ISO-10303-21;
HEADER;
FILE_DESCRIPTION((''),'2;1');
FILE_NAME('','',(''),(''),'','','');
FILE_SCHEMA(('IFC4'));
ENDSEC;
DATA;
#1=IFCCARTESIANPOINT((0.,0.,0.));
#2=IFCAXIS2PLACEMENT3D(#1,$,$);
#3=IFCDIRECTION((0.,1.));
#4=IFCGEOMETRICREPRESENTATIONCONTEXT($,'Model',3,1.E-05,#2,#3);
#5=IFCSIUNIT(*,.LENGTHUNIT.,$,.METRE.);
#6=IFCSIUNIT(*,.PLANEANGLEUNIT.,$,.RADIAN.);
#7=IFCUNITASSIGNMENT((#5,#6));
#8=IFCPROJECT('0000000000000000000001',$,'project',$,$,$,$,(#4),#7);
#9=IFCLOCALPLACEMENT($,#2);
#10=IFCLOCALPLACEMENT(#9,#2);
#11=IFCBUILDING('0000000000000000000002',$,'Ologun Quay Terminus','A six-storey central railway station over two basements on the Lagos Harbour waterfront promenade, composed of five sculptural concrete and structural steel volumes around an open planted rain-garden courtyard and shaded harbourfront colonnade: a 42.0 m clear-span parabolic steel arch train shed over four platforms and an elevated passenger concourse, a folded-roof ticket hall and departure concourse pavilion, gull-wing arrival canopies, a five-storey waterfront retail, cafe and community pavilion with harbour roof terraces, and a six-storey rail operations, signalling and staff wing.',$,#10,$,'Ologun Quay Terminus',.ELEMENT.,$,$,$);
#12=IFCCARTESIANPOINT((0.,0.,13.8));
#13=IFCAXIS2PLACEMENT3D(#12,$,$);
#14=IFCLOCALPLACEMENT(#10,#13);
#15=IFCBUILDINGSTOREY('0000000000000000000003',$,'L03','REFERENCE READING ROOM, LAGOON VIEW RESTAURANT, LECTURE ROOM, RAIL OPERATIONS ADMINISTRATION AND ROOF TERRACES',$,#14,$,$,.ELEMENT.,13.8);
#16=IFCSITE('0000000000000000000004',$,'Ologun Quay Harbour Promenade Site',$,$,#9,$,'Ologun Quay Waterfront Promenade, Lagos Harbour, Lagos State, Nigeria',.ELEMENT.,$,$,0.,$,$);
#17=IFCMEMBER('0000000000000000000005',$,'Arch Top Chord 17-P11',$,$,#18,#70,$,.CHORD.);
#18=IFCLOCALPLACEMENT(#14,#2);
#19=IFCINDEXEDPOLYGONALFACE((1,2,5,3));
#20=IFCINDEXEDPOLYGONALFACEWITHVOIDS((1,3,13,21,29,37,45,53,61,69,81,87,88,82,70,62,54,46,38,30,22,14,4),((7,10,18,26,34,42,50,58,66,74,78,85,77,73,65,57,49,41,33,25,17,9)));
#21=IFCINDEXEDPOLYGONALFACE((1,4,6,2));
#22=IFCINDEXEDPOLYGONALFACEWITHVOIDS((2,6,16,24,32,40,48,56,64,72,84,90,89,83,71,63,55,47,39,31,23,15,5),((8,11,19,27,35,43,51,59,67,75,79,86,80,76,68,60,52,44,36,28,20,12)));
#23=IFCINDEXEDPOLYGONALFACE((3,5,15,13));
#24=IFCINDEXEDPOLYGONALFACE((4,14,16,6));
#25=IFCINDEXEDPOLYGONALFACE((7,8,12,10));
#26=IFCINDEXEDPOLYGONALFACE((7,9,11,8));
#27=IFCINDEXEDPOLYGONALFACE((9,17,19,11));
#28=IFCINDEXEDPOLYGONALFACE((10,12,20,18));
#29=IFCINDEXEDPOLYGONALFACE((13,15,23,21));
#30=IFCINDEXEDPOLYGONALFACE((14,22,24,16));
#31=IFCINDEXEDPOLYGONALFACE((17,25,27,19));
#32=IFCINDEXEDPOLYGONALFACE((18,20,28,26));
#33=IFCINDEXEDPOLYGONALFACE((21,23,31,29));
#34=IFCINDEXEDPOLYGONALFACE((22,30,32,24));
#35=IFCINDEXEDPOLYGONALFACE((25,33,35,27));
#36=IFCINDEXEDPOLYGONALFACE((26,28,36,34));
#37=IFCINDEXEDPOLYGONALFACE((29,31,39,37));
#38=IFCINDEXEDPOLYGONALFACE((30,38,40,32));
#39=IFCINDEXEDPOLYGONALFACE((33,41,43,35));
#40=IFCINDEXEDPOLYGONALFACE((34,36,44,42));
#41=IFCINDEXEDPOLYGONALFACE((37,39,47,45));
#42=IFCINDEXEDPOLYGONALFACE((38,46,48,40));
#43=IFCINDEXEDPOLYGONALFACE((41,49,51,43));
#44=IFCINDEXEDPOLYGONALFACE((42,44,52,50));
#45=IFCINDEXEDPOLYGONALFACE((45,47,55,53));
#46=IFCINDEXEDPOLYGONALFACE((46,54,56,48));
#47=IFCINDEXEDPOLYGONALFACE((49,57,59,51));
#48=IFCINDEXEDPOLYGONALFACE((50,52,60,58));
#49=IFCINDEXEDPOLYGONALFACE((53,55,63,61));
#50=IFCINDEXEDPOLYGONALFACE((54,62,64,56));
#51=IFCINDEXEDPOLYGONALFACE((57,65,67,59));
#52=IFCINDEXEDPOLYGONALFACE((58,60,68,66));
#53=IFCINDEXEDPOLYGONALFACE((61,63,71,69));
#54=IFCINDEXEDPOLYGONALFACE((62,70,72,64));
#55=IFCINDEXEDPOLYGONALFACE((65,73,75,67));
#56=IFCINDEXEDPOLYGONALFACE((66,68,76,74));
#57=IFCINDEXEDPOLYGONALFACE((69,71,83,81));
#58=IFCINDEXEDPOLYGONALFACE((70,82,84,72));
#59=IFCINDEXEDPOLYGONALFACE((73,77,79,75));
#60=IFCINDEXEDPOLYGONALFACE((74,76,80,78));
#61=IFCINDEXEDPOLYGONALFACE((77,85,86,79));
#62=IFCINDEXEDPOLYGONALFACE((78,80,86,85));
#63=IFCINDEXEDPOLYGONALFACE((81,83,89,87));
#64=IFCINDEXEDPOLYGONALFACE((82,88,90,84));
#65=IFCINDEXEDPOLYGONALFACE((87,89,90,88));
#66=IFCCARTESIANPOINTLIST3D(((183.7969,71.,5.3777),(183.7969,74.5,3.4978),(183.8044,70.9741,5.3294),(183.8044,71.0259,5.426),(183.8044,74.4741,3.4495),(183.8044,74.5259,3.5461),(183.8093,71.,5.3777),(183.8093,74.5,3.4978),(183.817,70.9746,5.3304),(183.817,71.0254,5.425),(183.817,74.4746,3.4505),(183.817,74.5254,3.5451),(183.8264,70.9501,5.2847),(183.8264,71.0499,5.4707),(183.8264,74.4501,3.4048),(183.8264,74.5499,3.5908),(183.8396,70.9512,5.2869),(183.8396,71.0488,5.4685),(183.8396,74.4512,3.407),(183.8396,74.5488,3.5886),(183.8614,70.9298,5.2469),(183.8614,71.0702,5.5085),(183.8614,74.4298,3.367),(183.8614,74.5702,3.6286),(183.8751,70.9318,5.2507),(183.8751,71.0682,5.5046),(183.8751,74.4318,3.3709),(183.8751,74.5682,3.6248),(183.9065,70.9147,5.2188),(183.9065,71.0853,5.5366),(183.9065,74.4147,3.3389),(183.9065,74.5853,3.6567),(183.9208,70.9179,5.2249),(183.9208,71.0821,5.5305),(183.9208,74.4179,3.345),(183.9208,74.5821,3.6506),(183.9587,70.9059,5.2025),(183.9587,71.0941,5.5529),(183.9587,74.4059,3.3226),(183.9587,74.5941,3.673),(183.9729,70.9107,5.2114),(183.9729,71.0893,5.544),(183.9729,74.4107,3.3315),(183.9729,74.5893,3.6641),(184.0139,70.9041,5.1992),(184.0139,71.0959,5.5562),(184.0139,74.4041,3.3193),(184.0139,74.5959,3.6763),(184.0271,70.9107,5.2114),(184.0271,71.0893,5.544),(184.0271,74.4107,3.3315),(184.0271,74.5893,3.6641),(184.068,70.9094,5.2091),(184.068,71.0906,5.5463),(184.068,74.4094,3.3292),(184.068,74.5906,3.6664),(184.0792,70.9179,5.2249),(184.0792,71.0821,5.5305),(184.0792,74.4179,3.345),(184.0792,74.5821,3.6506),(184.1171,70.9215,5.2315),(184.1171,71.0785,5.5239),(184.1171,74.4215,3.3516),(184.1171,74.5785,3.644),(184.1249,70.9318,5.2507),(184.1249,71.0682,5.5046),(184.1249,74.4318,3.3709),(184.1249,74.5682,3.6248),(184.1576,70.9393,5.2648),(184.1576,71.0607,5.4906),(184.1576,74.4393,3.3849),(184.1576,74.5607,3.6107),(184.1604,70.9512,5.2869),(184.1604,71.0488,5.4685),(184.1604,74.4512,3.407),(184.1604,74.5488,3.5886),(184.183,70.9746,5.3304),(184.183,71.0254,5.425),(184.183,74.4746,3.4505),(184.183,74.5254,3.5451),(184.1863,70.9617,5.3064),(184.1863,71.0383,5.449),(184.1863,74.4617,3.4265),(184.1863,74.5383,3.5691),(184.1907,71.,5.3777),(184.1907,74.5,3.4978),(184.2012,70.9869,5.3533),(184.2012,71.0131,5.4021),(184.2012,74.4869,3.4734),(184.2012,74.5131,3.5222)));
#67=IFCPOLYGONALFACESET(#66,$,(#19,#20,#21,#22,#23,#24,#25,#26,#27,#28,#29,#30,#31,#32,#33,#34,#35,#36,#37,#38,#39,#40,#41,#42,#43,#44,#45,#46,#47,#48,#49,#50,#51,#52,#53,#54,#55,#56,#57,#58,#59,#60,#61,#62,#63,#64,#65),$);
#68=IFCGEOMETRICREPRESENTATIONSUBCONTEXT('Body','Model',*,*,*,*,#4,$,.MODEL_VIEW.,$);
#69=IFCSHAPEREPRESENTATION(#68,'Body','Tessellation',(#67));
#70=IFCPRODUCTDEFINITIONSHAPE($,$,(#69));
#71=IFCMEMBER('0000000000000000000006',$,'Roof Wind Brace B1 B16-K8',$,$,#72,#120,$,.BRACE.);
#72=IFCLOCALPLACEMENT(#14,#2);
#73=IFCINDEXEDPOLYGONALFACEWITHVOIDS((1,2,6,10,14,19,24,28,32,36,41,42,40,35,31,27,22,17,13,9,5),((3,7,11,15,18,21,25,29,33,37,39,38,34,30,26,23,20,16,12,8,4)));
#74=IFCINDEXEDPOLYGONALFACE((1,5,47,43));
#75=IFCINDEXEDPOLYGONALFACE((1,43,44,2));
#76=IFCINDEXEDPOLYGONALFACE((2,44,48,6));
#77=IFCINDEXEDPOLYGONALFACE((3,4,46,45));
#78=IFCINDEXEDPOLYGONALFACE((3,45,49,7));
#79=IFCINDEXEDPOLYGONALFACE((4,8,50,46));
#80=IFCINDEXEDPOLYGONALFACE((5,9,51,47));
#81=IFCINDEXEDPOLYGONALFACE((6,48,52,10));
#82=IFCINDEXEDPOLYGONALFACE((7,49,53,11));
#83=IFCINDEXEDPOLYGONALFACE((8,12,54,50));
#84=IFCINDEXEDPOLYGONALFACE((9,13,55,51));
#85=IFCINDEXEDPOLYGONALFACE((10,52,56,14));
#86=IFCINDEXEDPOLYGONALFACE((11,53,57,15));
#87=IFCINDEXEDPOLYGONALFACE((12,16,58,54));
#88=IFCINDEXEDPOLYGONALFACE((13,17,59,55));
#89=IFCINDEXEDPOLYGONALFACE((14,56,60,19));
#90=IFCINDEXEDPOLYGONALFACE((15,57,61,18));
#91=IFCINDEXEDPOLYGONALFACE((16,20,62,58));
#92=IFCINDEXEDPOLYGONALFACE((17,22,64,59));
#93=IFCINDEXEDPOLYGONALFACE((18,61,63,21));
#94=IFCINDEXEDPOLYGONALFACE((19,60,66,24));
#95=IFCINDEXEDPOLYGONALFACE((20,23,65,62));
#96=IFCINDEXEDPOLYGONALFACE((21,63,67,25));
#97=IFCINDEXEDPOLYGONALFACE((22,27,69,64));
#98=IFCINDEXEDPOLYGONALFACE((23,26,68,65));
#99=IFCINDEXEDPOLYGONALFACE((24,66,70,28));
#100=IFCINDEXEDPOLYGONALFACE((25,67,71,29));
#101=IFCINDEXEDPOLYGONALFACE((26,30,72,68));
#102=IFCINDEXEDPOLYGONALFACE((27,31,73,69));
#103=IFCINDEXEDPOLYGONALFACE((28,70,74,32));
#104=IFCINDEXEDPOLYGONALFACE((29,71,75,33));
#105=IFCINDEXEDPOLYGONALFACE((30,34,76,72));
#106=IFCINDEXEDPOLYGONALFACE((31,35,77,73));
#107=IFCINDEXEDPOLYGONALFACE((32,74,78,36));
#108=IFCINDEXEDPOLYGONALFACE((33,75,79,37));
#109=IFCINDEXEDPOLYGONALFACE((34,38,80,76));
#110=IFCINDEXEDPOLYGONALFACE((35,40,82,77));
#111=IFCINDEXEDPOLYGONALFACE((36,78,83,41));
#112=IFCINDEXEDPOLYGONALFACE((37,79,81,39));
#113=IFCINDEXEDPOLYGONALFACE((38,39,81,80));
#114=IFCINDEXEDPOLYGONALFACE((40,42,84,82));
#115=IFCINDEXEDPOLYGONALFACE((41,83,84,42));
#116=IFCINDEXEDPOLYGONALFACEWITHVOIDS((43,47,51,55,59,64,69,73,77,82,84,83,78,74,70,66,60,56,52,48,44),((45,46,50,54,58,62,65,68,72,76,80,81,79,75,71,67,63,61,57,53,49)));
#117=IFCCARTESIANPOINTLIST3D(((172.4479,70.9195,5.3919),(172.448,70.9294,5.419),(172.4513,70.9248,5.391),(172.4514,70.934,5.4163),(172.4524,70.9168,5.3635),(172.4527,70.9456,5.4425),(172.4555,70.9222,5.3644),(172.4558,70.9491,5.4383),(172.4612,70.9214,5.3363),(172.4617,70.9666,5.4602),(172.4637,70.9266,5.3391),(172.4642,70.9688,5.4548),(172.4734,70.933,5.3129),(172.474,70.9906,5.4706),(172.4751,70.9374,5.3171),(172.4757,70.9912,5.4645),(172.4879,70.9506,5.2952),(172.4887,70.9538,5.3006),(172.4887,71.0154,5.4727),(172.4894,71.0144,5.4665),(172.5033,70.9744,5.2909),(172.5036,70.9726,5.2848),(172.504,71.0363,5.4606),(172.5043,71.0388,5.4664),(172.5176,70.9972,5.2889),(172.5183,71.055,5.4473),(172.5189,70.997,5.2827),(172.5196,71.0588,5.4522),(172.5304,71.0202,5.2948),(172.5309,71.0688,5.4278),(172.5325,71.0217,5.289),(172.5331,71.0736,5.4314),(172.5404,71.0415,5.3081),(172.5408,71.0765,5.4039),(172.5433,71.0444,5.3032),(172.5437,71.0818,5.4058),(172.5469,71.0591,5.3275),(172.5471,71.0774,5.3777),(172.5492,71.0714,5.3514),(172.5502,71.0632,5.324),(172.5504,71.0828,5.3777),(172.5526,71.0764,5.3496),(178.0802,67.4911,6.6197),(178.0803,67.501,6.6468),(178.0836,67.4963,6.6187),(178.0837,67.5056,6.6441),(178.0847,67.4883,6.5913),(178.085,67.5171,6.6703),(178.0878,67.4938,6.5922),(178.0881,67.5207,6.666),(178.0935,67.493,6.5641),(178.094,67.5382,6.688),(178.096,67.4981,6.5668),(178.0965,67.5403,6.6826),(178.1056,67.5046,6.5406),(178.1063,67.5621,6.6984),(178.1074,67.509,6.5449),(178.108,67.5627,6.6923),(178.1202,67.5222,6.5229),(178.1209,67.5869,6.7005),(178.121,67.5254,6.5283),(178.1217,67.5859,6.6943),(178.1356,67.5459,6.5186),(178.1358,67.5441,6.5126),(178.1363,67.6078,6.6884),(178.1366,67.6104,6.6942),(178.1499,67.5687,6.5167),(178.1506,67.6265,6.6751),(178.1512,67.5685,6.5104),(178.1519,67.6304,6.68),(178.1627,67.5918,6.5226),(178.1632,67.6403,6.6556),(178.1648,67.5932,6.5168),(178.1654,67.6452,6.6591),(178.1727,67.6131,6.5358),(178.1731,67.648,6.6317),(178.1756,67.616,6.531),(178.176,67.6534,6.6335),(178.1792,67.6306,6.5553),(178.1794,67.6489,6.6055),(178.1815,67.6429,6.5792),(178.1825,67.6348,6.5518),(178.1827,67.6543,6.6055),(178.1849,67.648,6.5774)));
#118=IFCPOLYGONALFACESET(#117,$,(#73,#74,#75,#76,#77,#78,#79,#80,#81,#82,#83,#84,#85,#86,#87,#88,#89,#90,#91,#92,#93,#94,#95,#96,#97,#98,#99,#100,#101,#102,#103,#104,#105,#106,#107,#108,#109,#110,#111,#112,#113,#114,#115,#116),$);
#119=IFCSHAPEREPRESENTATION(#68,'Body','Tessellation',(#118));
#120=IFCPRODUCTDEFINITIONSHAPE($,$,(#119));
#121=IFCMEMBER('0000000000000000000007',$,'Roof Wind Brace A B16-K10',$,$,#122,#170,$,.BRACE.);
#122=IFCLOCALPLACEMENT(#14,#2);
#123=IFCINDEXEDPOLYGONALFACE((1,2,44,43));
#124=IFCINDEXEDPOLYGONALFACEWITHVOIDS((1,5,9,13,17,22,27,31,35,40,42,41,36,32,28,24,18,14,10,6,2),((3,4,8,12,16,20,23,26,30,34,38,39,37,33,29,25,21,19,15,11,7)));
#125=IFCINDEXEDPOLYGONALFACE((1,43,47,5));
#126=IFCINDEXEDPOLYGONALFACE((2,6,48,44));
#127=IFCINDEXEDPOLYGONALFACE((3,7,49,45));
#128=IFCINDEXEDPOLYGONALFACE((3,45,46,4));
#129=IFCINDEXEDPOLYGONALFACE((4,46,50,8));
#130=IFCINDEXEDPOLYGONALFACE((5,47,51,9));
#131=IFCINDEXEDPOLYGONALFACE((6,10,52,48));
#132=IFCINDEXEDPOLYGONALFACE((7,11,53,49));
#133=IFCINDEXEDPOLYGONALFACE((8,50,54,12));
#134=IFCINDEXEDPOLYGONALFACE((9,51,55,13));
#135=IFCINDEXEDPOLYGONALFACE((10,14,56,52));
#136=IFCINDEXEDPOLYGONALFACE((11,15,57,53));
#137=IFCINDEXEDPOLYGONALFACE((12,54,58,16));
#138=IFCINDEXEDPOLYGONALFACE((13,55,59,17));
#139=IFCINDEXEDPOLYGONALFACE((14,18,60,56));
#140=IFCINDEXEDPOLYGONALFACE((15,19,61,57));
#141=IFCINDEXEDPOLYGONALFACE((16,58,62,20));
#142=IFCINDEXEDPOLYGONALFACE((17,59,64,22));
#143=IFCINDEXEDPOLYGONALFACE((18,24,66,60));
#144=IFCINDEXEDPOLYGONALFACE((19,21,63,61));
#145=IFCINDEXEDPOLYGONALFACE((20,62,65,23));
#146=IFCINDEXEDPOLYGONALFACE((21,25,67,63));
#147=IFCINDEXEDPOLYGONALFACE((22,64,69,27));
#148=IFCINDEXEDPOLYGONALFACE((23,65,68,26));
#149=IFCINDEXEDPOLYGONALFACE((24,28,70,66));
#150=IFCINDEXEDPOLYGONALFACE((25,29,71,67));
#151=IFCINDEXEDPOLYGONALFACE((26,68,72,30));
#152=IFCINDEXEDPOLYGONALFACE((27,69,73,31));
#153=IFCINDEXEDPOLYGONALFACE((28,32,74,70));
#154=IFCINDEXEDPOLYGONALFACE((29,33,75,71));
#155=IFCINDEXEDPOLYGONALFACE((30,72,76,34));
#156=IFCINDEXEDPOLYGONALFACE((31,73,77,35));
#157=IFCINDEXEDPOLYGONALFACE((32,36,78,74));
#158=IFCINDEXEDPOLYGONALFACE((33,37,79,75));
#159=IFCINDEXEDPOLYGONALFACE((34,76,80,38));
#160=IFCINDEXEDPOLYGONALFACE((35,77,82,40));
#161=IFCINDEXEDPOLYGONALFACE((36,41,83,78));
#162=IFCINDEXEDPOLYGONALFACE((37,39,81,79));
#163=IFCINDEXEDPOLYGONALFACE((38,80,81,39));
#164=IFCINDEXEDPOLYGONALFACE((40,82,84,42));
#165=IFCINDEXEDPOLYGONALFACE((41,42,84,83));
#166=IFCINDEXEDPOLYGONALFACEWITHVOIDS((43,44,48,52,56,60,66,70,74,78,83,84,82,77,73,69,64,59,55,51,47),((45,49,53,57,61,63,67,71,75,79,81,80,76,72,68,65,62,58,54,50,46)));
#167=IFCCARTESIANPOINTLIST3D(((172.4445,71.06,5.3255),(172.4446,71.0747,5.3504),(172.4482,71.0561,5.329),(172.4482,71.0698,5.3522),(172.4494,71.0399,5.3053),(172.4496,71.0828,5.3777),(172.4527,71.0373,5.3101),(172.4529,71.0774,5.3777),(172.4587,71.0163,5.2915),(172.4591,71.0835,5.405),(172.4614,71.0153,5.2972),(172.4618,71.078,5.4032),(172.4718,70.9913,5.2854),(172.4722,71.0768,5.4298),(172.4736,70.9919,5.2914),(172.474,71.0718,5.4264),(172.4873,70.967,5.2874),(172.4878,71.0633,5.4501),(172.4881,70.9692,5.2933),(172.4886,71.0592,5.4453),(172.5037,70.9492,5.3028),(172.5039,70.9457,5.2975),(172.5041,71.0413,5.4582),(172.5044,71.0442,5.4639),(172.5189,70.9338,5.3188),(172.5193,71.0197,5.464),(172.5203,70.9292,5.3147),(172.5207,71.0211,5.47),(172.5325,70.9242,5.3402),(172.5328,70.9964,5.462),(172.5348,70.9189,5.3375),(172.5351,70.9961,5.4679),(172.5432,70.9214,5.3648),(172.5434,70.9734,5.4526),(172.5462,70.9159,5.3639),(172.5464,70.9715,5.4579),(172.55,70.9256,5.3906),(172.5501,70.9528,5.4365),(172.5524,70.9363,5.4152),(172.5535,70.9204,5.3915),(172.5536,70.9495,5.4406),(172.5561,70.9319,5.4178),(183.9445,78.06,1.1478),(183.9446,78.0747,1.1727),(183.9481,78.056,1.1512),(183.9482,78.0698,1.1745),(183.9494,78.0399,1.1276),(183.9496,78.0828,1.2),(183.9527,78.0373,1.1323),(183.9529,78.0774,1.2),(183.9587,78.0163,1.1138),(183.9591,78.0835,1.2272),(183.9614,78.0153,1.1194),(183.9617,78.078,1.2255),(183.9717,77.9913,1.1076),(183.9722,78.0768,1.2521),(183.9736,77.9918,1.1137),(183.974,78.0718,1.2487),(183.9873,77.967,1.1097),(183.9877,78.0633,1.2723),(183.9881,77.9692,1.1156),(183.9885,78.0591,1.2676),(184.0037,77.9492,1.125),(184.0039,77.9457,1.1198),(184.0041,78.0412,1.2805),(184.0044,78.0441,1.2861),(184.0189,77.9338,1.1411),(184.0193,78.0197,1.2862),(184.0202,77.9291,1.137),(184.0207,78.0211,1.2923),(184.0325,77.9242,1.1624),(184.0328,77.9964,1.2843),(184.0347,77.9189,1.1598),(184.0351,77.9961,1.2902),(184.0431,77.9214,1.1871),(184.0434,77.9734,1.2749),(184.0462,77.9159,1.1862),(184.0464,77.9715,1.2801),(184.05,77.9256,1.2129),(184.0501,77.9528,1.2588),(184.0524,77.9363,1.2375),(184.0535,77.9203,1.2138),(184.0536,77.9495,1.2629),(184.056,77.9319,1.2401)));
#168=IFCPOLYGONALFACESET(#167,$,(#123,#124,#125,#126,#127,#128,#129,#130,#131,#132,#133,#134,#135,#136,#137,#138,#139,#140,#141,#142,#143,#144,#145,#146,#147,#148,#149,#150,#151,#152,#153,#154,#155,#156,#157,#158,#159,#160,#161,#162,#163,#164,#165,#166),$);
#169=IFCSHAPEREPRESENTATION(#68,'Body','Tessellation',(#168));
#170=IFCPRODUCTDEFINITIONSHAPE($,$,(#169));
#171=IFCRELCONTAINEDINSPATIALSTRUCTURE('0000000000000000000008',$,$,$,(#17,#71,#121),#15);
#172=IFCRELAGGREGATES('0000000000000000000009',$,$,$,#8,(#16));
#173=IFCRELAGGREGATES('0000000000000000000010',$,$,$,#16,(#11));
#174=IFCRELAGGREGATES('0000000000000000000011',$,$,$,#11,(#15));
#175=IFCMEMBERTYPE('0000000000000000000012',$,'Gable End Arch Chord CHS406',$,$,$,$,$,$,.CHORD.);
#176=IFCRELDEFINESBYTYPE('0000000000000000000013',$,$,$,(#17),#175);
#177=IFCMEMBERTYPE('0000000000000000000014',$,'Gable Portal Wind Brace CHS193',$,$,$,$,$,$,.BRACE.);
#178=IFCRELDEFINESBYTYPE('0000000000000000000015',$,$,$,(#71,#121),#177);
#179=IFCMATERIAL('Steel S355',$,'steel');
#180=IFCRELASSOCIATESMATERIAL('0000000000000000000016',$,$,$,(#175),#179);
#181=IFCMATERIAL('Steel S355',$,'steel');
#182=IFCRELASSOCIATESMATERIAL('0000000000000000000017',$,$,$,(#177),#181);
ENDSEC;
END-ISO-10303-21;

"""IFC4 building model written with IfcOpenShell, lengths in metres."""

from ifc_helpers import new_model, si_unit, direction, frame, origin, origin_2d, place, context, subcontext, project, spatial, hollow_circle, extrude, material, material_profile, profile_set, type_object, element, save


model = new_model("IFC4")

# Units and contexts
model_context = context("Model", 3, precision=1e-05, world=origin(), true_north=direction((0.0, 1.0)))
body_context = subcontext(model_context, "Body", "Model", "MODEL_VIEW")
ifc_project = project(units=[si_unit("LENGTHUNIT", "METRE"), si_unit("PLANEANGLEUNIT", "RADIAN")], contexts=[model_context])

# Site, building, storey
site_placement = place(None, origin())
site = spatial("IfcSite", under=ifc_project, at=site_placement, Name="Ologun Quay Harbour Promenade Site", LongName="Ologun Quay Waterfront Promenade, Lagos Harbour, Lagos State, Nigeria", CompositionType="ELEMENT", RefElevation=0.0)
building_placement = place(site_placement, origin())
building = spatial("IfcBuilding", under=site, at=building_placement, Name="Ologun Quay Terminus", Description="A six-storey central railway station over two basements on the Lagos Harbour waterfront promenade, composed of five sculptural concrete and structural steel volumes around an open planted rain-garden courtyard and shaded harbourfront colonnade: a 42.0 m clear-span parabolic steel arch train shed over four platforms and an elevated passenger concourse, a folded-roof ticket hall and departure concourse pavilion, gull-wing arrival canopies, a five-storey waterfront retail, cafe and community pavilion with harbour roof terraces, and a six-storey rail operations, signalling and staff wing.", LongName="Ologun Quay Terminus", CompositionType="ELEMENT")
storey_placement = place(building_placement, frame((0.0, 0.0, 13.8)))
storey = spatial("IfcBuildingStorey", under=building, at=storey_placement, Name="L03", Description="REFERENCE READING ROOM, LAGOON VIEW RESTAURANT, LECTURE ROOM, RAIL OPERATIONS ADMINISTRATION AND ROOF TERRACES", CompositionType="ELEMENT", Elevation=13.8)

# Members
ifc_material_1 = material(Name="Steel S355", Category="steel")
ifc_material_profile_1 = material_profile(ifc_material_1, hollow_circle(Radius=0.2031, WallThickness=0.0125, at=origin_2d()), Name="CHS 406.4x12.5")
ifc_profile_set_1 = profile_set([ifc_material_profile_1], Name="Steel S355")
member_type_1 = type_object("IfcMemberType", Name="Gable End Arch Chord CHS406", PredefinedType="CHORD", material=ifc_profile_set_1)
member_1_placement = place(storey_placement, frame((184.0, 71.0, 5.3777), z_axis=(0.0, 0.880968, -0.473176), x_axis=(-1.0, 0.0, 0.0)))
element("IfcMember", 1, at=member_1_placement, inside=storey, type_object=member_type_1, Name="Arch Top Chord 17-P11", PredefinedType="CHORD", context=body_context, shape_type="SweptSolid", body=[
    extrude(hollow_circle(Radius=0.2031, WallThickness=0.0125, at=origin_2d()), origin(), (0.0, 0.0, 1.0), 3.9729),
])
ifc_material_2 = material(Name="Steel S355", Category="steel")
ifc_material_profile_2 = material_profile(ifc_material_2, hollow_circle(Radius=0.0969, WallThickness=0.0063, at=origin_2d()), Name="CHS 193.7x6.3")
ifc_profile_set_2 = profile_set([ifc_material_profile_2], Name="Steel S355")
member_type_2 = type_object("IfcMemberType", Name="Gable Portal Wind Brace CHS193", PredefinedType="BRACE", material=ifc_profile_set_2)
member_2_placement = place(storey_placement, frame((172.5, 71.0, 5.3777), z_axis=(0.839758, -0.511171, 0.183058), x_axis=(0.519958, 0.854192, 0.0)))
element("IfcMember", 2, at=member_2_placement, inside=storey, type_object=member_type_2, Name="Roof Wind Brace B1 B16-K8", PredefinedType="BRACE", context=body_context, shape_type="SweptSolid", body=[
    extrude(hollow_circle(Radius=0.0969, WallThickness=0.0063, at=origin_2d()), origin(), (0.0, 0.0, 1.0), 6.707),
])
member_3_placement = place(storey_placement, frame((172.5, 71.0, 5.3777), z_axis=(0.815821, 0.496587, -0.296373), x_axis=(-0.519947, 0.854199, 0.0)))
element("IfcMember", 3, at=member_3_placement, inside=storey, type_object=member_type_2, Name="Roof Wind Brace A B16-K10", PredefinedType="BRACE", context=body_context, shape_type="SweptSolid", body=[
    extrude(hollow_circle(Radius=0.0969, WallThickness=0.0063, at=origin_2d()), origin(), (0.0, 0.0, 1.0), 14.0962),
])

save(model, "model.ifc")
